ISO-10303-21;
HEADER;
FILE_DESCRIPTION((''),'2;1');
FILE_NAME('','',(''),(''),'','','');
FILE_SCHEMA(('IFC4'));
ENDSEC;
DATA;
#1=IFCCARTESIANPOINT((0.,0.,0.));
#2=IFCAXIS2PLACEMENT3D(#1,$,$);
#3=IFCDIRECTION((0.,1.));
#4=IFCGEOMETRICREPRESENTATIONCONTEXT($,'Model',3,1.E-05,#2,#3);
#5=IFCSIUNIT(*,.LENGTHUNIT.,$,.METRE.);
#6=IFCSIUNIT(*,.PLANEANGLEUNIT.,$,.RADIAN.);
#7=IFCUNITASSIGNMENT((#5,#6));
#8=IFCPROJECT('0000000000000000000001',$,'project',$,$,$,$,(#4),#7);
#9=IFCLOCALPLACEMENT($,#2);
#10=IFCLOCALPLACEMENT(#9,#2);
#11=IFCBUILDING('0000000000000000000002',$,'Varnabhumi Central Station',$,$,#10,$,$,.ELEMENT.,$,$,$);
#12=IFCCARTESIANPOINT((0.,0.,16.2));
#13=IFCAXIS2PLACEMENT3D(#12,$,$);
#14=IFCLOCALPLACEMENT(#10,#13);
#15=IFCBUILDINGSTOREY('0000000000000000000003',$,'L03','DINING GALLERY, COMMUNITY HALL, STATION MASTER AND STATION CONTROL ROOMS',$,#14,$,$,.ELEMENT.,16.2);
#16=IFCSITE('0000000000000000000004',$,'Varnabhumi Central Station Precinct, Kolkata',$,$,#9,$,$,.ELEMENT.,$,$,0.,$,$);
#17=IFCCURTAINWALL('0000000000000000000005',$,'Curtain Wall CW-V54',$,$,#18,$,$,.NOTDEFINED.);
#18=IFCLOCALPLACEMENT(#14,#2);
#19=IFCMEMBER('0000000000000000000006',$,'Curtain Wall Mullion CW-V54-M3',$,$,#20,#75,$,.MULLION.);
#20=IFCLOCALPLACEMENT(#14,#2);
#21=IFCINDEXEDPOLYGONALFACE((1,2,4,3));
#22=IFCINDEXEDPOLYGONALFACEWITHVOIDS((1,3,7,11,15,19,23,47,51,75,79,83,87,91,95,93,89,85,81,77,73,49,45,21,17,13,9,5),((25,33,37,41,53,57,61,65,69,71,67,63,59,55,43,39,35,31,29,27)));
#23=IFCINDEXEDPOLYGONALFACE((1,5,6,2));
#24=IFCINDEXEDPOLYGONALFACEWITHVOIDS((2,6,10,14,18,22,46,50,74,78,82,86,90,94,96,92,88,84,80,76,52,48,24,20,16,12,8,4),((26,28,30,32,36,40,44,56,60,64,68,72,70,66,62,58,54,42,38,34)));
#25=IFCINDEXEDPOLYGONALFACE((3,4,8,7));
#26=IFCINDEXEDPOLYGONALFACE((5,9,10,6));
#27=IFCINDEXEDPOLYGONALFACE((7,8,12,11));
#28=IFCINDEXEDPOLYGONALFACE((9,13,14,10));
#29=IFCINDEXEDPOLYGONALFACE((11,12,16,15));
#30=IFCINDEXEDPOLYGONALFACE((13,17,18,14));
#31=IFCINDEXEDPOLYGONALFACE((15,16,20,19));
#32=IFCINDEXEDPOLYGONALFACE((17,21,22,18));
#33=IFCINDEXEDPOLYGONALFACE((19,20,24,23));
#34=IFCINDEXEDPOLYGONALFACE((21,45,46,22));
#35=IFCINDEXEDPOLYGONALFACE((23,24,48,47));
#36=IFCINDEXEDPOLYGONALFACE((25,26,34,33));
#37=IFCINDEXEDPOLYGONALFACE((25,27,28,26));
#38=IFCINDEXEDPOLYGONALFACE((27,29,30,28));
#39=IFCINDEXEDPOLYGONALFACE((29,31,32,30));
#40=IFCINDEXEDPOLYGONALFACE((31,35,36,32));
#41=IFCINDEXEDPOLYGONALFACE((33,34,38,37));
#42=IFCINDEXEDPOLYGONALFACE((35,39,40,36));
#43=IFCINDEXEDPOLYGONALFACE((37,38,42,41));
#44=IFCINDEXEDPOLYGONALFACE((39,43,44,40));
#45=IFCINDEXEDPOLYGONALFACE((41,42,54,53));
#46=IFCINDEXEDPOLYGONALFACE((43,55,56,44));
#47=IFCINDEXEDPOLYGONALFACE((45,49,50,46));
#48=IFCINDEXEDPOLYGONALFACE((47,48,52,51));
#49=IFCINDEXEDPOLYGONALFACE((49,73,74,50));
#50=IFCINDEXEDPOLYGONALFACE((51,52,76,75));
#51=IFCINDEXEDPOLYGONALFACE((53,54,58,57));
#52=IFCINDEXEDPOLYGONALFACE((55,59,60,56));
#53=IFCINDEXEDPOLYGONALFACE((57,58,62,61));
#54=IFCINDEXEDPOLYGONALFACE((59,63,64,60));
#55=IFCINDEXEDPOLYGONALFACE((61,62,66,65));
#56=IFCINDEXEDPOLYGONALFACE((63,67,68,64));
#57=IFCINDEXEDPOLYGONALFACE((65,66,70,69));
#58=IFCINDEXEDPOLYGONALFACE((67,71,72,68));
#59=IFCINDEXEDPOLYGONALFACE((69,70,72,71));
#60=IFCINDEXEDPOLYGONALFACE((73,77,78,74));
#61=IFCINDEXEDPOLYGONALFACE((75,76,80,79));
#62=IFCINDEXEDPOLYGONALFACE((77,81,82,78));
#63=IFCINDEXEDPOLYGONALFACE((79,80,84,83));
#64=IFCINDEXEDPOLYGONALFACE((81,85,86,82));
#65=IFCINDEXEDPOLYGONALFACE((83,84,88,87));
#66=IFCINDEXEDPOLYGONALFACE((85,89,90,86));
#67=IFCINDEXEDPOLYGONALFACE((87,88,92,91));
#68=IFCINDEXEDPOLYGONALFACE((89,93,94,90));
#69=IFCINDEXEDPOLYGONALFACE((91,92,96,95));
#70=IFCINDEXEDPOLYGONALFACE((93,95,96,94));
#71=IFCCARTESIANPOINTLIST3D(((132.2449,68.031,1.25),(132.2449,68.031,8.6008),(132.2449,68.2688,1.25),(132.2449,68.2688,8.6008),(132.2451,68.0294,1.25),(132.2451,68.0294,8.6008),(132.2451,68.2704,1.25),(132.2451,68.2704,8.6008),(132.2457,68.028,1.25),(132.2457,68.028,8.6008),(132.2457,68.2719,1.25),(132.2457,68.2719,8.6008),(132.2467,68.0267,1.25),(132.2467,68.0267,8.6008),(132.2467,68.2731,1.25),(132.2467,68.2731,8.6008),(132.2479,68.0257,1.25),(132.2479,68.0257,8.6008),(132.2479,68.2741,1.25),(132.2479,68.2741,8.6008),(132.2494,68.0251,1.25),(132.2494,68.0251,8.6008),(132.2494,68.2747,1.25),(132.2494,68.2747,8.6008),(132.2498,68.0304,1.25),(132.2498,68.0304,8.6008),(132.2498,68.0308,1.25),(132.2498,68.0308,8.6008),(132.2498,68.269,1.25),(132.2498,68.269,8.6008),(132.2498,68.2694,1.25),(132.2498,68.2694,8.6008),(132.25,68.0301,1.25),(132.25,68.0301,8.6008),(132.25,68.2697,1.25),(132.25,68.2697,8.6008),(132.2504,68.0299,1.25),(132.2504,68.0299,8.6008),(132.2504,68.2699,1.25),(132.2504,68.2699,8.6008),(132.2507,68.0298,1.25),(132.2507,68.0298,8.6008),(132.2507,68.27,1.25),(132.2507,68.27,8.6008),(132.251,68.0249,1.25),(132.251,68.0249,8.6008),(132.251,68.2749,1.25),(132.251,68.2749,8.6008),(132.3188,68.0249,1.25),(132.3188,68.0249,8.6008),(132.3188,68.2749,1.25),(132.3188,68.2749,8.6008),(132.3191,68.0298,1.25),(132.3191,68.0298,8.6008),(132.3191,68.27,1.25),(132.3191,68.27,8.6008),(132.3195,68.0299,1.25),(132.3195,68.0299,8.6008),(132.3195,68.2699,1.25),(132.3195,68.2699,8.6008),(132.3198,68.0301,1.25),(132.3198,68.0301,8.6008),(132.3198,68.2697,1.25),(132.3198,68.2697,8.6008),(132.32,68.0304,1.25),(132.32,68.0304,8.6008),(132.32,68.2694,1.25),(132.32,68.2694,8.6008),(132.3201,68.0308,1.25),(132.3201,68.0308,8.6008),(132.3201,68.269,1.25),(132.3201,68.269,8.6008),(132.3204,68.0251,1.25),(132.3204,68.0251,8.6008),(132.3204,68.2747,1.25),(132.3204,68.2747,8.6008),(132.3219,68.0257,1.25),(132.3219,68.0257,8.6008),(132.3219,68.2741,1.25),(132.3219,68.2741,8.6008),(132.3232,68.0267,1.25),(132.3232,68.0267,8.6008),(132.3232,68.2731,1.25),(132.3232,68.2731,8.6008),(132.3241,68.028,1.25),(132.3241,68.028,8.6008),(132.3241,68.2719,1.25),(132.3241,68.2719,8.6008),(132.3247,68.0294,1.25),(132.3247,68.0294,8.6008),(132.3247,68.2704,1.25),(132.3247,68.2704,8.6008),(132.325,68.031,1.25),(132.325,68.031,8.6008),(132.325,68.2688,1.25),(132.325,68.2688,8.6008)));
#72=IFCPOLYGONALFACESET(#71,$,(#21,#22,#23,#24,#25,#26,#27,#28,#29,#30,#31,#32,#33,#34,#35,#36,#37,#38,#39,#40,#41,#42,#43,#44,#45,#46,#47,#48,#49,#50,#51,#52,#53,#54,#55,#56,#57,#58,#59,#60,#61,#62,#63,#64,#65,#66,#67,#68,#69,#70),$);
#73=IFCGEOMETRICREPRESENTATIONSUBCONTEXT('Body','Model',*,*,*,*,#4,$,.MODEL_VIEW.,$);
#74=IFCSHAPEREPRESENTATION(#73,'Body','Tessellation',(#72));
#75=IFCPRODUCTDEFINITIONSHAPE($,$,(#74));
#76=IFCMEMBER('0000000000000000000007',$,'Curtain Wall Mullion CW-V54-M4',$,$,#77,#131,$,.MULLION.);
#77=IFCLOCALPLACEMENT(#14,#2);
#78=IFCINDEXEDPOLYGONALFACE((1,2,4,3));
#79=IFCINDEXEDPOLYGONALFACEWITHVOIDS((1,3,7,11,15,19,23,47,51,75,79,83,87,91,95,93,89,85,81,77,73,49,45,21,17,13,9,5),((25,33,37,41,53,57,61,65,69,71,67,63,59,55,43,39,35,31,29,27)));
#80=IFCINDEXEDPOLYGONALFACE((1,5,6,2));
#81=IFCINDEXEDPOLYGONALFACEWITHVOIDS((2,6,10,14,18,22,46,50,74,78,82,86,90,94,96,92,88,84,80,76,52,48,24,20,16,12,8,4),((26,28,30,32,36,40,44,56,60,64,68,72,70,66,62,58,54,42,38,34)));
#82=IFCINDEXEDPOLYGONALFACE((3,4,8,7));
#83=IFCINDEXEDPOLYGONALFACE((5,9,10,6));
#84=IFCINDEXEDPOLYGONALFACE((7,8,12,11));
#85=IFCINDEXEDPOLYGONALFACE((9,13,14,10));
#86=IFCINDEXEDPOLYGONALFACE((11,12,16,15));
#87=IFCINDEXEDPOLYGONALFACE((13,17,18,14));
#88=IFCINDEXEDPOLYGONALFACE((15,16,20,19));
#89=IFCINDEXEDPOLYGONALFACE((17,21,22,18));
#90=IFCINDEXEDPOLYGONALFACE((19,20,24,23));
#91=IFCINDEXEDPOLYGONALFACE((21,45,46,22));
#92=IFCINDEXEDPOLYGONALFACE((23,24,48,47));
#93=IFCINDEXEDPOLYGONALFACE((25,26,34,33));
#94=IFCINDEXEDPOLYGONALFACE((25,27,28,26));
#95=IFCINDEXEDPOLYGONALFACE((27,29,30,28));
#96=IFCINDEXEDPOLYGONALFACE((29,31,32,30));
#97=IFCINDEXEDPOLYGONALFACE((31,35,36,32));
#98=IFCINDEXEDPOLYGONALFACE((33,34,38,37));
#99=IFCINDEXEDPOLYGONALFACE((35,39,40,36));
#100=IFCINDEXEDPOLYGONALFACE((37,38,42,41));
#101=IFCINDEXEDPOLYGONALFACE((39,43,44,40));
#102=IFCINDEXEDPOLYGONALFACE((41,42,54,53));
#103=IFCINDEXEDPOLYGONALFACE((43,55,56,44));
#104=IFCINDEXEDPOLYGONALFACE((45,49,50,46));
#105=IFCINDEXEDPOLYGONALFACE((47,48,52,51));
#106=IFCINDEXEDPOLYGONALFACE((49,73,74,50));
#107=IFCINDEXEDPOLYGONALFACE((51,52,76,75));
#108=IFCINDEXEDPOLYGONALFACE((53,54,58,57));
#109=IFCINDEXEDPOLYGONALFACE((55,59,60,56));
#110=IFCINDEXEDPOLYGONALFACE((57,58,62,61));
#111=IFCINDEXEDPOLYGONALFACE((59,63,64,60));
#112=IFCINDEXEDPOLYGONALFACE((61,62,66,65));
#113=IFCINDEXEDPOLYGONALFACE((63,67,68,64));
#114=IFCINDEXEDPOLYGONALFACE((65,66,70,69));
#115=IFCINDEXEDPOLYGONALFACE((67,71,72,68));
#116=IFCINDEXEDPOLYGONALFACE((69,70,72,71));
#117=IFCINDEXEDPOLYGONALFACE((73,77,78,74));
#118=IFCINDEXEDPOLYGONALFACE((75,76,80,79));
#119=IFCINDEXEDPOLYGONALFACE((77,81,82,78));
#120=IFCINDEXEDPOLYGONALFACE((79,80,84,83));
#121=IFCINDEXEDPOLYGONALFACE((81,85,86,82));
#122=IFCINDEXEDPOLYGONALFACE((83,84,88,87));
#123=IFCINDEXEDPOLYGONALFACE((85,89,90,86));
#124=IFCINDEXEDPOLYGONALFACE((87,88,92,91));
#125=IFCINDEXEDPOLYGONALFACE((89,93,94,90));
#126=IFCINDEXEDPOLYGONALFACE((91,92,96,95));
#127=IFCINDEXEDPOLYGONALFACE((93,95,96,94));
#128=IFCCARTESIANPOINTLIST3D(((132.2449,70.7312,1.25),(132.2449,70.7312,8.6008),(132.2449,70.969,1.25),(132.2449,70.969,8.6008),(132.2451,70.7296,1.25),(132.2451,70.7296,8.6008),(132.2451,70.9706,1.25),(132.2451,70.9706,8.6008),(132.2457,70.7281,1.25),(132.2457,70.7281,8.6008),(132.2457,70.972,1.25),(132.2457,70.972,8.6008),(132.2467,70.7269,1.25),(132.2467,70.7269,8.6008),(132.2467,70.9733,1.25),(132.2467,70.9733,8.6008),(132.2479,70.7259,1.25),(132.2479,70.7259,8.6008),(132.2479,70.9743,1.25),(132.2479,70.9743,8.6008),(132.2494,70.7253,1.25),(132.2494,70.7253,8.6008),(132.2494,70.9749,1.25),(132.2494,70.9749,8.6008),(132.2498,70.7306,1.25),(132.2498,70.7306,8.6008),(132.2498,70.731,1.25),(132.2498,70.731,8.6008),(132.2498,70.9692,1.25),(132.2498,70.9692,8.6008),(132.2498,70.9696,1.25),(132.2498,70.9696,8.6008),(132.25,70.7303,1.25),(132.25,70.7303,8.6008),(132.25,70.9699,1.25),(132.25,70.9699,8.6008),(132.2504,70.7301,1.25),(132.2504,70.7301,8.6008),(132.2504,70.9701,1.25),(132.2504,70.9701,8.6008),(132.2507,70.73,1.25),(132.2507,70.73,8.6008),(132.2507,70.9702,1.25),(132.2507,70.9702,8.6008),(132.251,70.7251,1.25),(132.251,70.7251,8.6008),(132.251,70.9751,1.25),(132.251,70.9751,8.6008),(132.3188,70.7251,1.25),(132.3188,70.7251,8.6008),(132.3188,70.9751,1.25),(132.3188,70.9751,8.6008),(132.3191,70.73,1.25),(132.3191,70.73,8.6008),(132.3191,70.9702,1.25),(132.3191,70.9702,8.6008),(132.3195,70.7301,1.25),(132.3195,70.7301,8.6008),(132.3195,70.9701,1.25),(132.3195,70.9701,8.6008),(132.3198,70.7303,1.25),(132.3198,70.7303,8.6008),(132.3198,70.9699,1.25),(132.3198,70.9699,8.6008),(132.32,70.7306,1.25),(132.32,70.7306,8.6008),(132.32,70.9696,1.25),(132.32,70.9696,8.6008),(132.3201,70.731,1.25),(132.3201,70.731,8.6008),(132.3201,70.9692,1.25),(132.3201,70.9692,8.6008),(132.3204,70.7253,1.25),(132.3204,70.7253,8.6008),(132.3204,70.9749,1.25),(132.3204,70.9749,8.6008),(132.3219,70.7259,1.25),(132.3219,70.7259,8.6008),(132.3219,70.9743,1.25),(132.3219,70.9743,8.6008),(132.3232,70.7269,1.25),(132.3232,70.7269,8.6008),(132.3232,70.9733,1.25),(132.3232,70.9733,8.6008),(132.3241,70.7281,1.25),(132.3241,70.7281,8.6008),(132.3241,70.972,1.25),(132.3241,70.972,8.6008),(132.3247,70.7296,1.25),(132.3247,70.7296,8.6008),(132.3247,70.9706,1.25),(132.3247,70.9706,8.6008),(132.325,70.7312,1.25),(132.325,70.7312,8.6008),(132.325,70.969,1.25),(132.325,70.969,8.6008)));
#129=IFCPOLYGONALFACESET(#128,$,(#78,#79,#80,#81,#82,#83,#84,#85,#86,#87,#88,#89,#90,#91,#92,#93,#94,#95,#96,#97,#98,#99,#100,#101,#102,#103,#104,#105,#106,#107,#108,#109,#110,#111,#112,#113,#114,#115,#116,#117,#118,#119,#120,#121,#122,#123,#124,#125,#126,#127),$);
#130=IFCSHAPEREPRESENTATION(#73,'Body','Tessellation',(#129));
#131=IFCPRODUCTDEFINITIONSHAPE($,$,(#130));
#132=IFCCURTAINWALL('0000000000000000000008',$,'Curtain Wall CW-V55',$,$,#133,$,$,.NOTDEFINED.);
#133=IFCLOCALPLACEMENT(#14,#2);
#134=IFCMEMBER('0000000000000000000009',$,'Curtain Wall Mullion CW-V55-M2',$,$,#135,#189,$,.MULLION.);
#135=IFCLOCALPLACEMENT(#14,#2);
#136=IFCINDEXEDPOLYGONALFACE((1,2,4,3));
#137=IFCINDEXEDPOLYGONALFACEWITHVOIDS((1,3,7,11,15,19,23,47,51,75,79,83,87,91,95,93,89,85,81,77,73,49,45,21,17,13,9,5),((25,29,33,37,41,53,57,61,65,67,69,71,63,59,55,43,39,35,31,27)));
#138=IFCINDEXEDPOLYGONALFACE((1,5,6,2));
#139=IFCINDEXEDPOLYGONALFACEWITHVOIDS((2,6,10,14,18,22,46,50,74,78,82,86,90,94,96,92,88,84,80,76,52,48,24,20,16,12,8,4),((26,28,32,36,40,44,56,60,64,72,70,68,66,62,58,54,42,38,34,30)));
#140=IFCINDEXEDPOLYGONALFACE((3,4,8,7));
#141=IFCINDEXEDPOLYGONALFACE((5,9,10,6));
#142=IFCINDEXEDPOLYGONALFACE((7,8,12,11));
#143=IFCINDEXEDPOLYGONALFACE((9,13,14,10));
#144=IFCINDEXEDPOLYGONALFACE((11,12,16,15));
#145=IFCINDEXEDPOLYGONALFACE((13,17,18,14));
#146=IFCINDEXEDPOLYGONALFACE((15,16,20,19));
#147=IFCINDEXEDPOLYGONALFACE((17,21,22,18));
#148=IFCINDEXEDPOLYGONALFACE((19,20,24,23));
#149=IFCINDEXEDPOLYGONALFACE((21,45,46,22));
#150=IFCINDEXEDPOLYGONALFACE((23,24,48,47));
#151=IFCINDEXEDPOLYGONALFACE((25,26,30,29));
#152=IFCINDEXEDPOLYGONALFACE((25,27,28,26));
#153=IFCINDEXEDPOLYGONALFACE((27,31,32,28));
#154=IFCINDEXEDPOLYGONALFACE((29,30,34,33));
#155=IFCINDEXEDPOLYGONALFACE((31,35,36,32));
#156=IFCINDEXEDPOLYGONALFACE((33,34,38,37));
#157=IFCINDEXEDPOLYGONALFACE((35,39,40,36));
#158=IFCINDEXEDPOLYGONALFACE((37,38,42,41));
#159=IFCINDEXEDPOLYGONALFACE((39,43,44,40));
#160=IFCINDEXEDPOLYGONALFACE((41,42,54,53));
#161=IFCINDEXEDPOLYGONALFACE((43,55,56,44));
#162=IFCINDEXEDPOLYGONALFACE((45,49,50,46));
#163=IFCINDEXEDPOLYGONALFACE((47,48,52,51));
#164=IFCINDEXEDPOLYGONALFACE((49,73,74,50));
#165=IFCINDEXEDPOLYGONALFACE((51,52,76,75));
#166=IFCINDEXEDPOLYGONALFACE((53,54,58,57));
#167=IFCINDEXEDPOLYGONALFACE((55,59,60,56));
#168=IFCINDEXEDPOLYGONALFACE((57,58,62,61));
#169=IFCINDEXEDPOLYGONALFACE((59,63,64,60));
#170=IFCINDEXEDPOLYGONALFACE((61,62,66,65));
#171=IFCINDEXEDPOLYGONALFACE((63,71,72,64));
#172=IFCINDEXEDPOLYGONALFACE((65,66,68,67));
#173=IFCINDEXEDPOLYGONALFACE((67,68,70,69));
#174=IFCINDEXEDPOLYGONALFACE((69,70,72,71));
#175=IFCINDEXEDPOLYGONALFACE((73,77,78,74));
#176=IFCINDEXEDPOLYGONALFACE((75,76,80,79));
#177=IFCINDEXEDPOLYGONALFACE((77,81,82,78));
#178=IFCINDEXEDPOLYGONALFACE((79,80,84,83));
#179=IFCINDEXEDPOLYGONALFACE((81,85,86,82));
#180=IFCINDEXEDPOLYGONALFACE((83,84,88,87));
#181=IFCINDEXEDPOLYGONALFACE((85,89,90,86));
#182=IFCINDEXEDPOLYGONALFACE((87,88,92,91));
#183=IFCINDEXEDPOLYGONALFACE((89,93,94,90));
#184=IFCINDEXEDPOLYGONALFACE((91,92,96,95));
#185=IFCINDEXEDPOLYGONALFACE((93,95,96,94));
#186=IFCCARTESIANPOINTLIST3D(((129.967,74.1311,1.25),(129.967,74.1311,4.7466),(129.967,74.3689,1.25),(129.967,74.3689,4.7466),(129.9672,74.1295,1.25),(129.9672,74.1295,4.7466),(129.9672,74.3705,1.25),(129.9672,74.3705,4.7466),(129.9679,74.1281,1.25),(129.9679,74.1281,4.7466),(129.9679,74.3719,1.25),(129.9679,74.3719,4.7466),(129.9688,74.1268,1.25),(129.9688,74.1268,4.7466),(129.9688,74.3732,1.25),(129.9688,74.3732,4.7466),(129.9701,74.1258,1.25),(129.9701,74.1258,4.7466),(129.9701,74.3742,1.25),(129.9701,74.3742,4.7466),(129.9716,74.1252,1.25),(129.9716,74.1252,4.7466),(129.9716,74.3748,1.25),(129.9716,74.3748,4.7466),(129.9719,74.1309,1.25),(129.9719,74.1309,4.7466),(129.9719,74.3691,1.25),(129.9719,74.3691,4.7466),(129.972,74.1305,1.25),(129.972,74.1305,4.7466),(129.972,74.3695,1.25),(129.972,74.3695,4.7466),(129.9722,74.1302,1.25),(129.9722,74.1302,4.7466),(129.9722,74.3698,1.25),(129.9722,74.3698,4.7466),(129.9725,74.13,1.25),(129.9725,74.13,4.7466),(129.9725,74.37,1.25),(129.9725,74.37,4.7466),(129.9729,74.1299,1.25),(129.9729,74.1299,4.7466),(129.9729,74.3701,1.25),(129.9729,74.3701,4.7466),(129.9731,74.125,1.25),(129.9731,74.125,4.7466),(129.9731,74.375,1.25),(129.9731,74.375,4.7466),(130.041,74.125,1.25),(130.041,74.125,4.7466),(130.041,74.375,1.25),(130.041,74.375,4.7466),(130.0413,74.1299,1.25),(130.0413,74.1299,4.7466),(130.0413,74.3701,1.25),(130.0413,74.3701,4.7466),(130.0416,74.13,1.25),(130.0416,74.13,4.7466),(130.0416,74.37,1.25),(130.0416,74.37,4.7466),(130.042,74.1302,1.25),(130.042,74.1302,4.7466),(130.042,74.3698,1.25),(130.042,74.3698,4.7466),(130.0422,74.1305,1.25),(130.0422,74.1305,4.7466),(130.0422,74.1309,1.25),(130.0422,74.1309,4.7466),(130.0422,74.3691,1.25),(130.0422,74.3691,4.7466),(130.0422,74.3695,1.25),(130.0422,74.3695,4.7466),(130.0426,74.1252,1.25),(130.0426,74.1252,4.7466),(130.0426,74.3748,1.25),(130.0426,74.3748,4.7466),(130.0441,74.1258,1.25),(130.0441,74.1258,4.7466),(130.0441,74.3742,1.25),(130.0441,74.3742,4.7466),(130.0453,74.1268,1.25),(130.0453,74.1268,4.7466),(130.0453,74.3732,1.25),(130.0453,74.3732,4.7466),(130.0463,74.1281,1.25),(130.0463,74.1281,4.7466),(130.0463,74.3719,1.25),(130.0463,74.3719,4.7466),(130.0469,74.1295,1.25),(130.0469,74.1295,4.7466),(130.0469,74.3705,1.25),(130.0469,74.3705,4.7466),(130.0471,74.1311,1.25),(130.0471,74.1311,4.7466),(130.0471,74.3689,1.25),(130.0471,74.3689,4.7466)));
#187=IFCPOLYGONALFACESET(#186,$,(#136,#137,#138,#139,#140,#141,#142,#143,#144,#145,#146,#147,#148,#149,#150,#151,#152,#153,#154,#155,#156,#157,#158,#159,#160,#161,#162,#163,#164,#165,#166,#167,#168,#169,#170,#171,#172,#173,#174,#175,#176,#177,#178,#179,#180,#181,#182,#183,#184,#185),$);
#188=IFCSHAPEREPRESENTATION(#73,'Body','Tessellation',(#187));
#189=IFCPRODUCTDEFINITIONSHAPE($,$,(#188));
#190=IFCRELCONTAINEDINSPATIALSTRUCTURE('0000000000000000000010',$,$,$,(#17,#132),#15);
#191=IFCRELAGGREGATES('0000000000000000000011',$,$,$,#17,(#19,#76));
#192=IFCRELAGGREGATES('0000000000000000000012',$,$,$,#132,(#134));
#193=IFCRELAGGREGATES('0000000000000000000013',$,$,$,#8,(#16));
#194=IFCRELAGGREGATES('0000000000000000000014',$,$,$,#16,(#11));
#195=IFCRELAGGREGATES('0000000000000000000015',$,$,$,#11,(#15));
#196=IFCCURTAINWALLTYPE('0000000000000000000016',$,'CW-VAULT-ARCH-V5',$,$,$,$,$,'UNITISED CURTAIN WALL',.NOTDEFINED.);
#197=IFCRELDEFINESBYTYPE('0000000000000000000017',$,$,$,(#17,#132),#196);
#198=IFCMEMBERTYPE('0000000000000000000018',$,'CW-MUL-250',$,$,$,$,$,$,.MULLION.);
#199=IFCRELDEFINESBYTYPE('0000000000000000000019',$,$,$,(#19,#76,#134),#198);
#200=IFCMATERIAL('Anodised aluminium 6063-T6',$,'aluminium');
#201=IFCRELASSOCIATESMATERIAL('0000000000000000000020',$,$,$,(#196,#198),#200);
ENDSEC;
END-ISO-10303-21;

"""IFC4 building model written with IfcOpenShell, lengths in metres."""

from ifc_helpers import new_model, si_unit, direction, frame, origin, origin_2d, place, context, subcontext, project, spatial, hollow_rectangle, extrude, material, material_profile, profile_set, type_object, element, aggregate, save


model = new_model("IFC4")

# Units and contexts
model_context = context("Model", 3, precision=1e-05, world=origin(), true_north=direction((0.0, 1.0)))
body_context = subcontext(model_context, "Body", "Model", "MODEL_VIEW")
ifc_project = project(units=[si_unit("LENGTHUNIT", "METRE"), si_unit("PLANEANGLEUNIT", "RADIAN")], contexts=[model_context])

# Site, building, storey
site_placement = place(None, origin())
site = spatial("IfcSite", under=ifc_project, at=site_placement, Name="Varnabhumi Central Station Precinct, Kolkata", CompositionType="ELEMENT", RefElevation=0.0)
building_placement = place(site_placement, origin())
building = spatial("IfcBuilding", under=site, at=building_placement, Name="Varnabhumi Central Station", CompositionType="ELEMENT")
storey_placement = place(building_placement, frame((0.0, 0.0, 16.2)))
storey = spatial("IfcBuildingStorey", under=building, at=storey_placement, Name="L03", Description="DINING GALLERY, COMMUNITY HALL, STATION MASTER AND STATION CONTROL ROOMS", CompositionType="ELEMENT", Elevation=16.2)

# Curtain walls, members
ifc_material_1 = material(Name="Anodised aluminium 6063-T6", Category="aluminium")
curtain_wall_type = type_object("IfcCurtainWallType", Name="CW-VAULT-ARCH-V5", ElementType="UNITISED CURTAIN WALL", PredefinedType="NOTDEFINED", material=ifc_material_1)
curtain_wall_1_placement = place(storey_placement, origin())
curtain_wall_1 = element("IfcCurtainWall", 1, at=curtain_wall_1_placement, inside=storey, type_object=curtain_wall_type, Name="Curtain Wall CW-V54", PredefinedType="NOTDEFINED")
ifc_material_profile_1 = material_profile(ifc_material_1, hollow_rectangle(XDim=0.0801, YDim=0.25, WallThickness=0.0049, InnerFilletRadius=0.001, OuterFilletRadius=0.0061, at=origin_2d()), Name="Anodised aluminium 6063-T6", Category="aluminium")
ifc_profile_set_1 = profile_set([ifc_material_profile_1], Name="Anodised aluminium 6063-T6")
member_type_1 = type_object("IfcMemberType", Name="CW-MUL-250", PredefinedType="MULLION", material=ifc_profile_set_1)
member_1_placement = place(storey_placement, frame((132.2849, 68.1499, 1.25), z_axis=(0.0, 0.0, 1.0), x_axis=(1.0, 0.0, 0.0)))
member_1 = element("IfcMember", 2, at=member_1_placement, type_object=member_type_1, Name="Curtain Wall Mullion CW-V54-M3", PredefinedType="MULLION", context=body_context, shape_type="SweptSolid", body=[
    extrude(hollow_rectangle(XDim=0.0801, YDim=0.25, WallThickness=0.0049, InnerFilletRadius=0.001, OuterFilletRadius=0.0061, at=origin_2d()), origin(), (0.0, 0.0, 1.0), 7.3508),
])
member_2_placement = place(storey_placement, frame((132.2849, 70.8501, 1.25), z_axis=(0.0, 0.0, 1.0), x_axis=(1.0, 0.0, 0.0)))
member_2 = element("IfcMember", 3, at=member_2_placement, type_object=member_type_1, Name="Curtain Wall Mullion CW-V54-M4", PredefinedType="MULLION", context=body_context, shape_type="SweptSolid", body=[
    extrude(hollow_rectangle(XDim=0.0801, YDim=0.25, WallThickness=0.0049, InnerFilletRadius=0.001, OuterFilletRadius=0.0061, at=origin_2d()), origin(), (0.0, 0.0, 1.0), 7.3508),
])
curtain_wall_2_placement = place(storey_placement, origin())
curtain_wall_2 = element("IfcCurtainWall", 4, at=curtain_wall_2_placement, inside=storey, type_object=curtain_wall_type, Name="Curtain Wall CW-V55", PredefinedType="NOTDEFINED")
member_3_placement = place(storey_placement, frame((130.0071, 74.25, 1.25), z_axis=(0.0, 0.0, 1.0), x_axis=(1.0, 0.0, 0.0)))
member_3 = element("IfcMember", 5, at=member_3_placement, type_object=member_type_1, Name="Curtain Wall Mullion CW-V55-M2", PredefinedType="MULLION", context=body_context, shape_type="SweptSolid", body=[
    extrude(hollow_rectangle(XDim=0.0801, YDim=0.25, WallThickness=0.0049, InnerFilletRadius=0.001, OuterFilletRadius=0.0061, at=origin_2d()), origin(), (0.0, 0.0, 1.0), 3.4966),
])

aggregate(curtain_wall_1, [member_1, member_2])
aggregate(curtain_wall_2, [member_3])

save(model, "model.ifc")
